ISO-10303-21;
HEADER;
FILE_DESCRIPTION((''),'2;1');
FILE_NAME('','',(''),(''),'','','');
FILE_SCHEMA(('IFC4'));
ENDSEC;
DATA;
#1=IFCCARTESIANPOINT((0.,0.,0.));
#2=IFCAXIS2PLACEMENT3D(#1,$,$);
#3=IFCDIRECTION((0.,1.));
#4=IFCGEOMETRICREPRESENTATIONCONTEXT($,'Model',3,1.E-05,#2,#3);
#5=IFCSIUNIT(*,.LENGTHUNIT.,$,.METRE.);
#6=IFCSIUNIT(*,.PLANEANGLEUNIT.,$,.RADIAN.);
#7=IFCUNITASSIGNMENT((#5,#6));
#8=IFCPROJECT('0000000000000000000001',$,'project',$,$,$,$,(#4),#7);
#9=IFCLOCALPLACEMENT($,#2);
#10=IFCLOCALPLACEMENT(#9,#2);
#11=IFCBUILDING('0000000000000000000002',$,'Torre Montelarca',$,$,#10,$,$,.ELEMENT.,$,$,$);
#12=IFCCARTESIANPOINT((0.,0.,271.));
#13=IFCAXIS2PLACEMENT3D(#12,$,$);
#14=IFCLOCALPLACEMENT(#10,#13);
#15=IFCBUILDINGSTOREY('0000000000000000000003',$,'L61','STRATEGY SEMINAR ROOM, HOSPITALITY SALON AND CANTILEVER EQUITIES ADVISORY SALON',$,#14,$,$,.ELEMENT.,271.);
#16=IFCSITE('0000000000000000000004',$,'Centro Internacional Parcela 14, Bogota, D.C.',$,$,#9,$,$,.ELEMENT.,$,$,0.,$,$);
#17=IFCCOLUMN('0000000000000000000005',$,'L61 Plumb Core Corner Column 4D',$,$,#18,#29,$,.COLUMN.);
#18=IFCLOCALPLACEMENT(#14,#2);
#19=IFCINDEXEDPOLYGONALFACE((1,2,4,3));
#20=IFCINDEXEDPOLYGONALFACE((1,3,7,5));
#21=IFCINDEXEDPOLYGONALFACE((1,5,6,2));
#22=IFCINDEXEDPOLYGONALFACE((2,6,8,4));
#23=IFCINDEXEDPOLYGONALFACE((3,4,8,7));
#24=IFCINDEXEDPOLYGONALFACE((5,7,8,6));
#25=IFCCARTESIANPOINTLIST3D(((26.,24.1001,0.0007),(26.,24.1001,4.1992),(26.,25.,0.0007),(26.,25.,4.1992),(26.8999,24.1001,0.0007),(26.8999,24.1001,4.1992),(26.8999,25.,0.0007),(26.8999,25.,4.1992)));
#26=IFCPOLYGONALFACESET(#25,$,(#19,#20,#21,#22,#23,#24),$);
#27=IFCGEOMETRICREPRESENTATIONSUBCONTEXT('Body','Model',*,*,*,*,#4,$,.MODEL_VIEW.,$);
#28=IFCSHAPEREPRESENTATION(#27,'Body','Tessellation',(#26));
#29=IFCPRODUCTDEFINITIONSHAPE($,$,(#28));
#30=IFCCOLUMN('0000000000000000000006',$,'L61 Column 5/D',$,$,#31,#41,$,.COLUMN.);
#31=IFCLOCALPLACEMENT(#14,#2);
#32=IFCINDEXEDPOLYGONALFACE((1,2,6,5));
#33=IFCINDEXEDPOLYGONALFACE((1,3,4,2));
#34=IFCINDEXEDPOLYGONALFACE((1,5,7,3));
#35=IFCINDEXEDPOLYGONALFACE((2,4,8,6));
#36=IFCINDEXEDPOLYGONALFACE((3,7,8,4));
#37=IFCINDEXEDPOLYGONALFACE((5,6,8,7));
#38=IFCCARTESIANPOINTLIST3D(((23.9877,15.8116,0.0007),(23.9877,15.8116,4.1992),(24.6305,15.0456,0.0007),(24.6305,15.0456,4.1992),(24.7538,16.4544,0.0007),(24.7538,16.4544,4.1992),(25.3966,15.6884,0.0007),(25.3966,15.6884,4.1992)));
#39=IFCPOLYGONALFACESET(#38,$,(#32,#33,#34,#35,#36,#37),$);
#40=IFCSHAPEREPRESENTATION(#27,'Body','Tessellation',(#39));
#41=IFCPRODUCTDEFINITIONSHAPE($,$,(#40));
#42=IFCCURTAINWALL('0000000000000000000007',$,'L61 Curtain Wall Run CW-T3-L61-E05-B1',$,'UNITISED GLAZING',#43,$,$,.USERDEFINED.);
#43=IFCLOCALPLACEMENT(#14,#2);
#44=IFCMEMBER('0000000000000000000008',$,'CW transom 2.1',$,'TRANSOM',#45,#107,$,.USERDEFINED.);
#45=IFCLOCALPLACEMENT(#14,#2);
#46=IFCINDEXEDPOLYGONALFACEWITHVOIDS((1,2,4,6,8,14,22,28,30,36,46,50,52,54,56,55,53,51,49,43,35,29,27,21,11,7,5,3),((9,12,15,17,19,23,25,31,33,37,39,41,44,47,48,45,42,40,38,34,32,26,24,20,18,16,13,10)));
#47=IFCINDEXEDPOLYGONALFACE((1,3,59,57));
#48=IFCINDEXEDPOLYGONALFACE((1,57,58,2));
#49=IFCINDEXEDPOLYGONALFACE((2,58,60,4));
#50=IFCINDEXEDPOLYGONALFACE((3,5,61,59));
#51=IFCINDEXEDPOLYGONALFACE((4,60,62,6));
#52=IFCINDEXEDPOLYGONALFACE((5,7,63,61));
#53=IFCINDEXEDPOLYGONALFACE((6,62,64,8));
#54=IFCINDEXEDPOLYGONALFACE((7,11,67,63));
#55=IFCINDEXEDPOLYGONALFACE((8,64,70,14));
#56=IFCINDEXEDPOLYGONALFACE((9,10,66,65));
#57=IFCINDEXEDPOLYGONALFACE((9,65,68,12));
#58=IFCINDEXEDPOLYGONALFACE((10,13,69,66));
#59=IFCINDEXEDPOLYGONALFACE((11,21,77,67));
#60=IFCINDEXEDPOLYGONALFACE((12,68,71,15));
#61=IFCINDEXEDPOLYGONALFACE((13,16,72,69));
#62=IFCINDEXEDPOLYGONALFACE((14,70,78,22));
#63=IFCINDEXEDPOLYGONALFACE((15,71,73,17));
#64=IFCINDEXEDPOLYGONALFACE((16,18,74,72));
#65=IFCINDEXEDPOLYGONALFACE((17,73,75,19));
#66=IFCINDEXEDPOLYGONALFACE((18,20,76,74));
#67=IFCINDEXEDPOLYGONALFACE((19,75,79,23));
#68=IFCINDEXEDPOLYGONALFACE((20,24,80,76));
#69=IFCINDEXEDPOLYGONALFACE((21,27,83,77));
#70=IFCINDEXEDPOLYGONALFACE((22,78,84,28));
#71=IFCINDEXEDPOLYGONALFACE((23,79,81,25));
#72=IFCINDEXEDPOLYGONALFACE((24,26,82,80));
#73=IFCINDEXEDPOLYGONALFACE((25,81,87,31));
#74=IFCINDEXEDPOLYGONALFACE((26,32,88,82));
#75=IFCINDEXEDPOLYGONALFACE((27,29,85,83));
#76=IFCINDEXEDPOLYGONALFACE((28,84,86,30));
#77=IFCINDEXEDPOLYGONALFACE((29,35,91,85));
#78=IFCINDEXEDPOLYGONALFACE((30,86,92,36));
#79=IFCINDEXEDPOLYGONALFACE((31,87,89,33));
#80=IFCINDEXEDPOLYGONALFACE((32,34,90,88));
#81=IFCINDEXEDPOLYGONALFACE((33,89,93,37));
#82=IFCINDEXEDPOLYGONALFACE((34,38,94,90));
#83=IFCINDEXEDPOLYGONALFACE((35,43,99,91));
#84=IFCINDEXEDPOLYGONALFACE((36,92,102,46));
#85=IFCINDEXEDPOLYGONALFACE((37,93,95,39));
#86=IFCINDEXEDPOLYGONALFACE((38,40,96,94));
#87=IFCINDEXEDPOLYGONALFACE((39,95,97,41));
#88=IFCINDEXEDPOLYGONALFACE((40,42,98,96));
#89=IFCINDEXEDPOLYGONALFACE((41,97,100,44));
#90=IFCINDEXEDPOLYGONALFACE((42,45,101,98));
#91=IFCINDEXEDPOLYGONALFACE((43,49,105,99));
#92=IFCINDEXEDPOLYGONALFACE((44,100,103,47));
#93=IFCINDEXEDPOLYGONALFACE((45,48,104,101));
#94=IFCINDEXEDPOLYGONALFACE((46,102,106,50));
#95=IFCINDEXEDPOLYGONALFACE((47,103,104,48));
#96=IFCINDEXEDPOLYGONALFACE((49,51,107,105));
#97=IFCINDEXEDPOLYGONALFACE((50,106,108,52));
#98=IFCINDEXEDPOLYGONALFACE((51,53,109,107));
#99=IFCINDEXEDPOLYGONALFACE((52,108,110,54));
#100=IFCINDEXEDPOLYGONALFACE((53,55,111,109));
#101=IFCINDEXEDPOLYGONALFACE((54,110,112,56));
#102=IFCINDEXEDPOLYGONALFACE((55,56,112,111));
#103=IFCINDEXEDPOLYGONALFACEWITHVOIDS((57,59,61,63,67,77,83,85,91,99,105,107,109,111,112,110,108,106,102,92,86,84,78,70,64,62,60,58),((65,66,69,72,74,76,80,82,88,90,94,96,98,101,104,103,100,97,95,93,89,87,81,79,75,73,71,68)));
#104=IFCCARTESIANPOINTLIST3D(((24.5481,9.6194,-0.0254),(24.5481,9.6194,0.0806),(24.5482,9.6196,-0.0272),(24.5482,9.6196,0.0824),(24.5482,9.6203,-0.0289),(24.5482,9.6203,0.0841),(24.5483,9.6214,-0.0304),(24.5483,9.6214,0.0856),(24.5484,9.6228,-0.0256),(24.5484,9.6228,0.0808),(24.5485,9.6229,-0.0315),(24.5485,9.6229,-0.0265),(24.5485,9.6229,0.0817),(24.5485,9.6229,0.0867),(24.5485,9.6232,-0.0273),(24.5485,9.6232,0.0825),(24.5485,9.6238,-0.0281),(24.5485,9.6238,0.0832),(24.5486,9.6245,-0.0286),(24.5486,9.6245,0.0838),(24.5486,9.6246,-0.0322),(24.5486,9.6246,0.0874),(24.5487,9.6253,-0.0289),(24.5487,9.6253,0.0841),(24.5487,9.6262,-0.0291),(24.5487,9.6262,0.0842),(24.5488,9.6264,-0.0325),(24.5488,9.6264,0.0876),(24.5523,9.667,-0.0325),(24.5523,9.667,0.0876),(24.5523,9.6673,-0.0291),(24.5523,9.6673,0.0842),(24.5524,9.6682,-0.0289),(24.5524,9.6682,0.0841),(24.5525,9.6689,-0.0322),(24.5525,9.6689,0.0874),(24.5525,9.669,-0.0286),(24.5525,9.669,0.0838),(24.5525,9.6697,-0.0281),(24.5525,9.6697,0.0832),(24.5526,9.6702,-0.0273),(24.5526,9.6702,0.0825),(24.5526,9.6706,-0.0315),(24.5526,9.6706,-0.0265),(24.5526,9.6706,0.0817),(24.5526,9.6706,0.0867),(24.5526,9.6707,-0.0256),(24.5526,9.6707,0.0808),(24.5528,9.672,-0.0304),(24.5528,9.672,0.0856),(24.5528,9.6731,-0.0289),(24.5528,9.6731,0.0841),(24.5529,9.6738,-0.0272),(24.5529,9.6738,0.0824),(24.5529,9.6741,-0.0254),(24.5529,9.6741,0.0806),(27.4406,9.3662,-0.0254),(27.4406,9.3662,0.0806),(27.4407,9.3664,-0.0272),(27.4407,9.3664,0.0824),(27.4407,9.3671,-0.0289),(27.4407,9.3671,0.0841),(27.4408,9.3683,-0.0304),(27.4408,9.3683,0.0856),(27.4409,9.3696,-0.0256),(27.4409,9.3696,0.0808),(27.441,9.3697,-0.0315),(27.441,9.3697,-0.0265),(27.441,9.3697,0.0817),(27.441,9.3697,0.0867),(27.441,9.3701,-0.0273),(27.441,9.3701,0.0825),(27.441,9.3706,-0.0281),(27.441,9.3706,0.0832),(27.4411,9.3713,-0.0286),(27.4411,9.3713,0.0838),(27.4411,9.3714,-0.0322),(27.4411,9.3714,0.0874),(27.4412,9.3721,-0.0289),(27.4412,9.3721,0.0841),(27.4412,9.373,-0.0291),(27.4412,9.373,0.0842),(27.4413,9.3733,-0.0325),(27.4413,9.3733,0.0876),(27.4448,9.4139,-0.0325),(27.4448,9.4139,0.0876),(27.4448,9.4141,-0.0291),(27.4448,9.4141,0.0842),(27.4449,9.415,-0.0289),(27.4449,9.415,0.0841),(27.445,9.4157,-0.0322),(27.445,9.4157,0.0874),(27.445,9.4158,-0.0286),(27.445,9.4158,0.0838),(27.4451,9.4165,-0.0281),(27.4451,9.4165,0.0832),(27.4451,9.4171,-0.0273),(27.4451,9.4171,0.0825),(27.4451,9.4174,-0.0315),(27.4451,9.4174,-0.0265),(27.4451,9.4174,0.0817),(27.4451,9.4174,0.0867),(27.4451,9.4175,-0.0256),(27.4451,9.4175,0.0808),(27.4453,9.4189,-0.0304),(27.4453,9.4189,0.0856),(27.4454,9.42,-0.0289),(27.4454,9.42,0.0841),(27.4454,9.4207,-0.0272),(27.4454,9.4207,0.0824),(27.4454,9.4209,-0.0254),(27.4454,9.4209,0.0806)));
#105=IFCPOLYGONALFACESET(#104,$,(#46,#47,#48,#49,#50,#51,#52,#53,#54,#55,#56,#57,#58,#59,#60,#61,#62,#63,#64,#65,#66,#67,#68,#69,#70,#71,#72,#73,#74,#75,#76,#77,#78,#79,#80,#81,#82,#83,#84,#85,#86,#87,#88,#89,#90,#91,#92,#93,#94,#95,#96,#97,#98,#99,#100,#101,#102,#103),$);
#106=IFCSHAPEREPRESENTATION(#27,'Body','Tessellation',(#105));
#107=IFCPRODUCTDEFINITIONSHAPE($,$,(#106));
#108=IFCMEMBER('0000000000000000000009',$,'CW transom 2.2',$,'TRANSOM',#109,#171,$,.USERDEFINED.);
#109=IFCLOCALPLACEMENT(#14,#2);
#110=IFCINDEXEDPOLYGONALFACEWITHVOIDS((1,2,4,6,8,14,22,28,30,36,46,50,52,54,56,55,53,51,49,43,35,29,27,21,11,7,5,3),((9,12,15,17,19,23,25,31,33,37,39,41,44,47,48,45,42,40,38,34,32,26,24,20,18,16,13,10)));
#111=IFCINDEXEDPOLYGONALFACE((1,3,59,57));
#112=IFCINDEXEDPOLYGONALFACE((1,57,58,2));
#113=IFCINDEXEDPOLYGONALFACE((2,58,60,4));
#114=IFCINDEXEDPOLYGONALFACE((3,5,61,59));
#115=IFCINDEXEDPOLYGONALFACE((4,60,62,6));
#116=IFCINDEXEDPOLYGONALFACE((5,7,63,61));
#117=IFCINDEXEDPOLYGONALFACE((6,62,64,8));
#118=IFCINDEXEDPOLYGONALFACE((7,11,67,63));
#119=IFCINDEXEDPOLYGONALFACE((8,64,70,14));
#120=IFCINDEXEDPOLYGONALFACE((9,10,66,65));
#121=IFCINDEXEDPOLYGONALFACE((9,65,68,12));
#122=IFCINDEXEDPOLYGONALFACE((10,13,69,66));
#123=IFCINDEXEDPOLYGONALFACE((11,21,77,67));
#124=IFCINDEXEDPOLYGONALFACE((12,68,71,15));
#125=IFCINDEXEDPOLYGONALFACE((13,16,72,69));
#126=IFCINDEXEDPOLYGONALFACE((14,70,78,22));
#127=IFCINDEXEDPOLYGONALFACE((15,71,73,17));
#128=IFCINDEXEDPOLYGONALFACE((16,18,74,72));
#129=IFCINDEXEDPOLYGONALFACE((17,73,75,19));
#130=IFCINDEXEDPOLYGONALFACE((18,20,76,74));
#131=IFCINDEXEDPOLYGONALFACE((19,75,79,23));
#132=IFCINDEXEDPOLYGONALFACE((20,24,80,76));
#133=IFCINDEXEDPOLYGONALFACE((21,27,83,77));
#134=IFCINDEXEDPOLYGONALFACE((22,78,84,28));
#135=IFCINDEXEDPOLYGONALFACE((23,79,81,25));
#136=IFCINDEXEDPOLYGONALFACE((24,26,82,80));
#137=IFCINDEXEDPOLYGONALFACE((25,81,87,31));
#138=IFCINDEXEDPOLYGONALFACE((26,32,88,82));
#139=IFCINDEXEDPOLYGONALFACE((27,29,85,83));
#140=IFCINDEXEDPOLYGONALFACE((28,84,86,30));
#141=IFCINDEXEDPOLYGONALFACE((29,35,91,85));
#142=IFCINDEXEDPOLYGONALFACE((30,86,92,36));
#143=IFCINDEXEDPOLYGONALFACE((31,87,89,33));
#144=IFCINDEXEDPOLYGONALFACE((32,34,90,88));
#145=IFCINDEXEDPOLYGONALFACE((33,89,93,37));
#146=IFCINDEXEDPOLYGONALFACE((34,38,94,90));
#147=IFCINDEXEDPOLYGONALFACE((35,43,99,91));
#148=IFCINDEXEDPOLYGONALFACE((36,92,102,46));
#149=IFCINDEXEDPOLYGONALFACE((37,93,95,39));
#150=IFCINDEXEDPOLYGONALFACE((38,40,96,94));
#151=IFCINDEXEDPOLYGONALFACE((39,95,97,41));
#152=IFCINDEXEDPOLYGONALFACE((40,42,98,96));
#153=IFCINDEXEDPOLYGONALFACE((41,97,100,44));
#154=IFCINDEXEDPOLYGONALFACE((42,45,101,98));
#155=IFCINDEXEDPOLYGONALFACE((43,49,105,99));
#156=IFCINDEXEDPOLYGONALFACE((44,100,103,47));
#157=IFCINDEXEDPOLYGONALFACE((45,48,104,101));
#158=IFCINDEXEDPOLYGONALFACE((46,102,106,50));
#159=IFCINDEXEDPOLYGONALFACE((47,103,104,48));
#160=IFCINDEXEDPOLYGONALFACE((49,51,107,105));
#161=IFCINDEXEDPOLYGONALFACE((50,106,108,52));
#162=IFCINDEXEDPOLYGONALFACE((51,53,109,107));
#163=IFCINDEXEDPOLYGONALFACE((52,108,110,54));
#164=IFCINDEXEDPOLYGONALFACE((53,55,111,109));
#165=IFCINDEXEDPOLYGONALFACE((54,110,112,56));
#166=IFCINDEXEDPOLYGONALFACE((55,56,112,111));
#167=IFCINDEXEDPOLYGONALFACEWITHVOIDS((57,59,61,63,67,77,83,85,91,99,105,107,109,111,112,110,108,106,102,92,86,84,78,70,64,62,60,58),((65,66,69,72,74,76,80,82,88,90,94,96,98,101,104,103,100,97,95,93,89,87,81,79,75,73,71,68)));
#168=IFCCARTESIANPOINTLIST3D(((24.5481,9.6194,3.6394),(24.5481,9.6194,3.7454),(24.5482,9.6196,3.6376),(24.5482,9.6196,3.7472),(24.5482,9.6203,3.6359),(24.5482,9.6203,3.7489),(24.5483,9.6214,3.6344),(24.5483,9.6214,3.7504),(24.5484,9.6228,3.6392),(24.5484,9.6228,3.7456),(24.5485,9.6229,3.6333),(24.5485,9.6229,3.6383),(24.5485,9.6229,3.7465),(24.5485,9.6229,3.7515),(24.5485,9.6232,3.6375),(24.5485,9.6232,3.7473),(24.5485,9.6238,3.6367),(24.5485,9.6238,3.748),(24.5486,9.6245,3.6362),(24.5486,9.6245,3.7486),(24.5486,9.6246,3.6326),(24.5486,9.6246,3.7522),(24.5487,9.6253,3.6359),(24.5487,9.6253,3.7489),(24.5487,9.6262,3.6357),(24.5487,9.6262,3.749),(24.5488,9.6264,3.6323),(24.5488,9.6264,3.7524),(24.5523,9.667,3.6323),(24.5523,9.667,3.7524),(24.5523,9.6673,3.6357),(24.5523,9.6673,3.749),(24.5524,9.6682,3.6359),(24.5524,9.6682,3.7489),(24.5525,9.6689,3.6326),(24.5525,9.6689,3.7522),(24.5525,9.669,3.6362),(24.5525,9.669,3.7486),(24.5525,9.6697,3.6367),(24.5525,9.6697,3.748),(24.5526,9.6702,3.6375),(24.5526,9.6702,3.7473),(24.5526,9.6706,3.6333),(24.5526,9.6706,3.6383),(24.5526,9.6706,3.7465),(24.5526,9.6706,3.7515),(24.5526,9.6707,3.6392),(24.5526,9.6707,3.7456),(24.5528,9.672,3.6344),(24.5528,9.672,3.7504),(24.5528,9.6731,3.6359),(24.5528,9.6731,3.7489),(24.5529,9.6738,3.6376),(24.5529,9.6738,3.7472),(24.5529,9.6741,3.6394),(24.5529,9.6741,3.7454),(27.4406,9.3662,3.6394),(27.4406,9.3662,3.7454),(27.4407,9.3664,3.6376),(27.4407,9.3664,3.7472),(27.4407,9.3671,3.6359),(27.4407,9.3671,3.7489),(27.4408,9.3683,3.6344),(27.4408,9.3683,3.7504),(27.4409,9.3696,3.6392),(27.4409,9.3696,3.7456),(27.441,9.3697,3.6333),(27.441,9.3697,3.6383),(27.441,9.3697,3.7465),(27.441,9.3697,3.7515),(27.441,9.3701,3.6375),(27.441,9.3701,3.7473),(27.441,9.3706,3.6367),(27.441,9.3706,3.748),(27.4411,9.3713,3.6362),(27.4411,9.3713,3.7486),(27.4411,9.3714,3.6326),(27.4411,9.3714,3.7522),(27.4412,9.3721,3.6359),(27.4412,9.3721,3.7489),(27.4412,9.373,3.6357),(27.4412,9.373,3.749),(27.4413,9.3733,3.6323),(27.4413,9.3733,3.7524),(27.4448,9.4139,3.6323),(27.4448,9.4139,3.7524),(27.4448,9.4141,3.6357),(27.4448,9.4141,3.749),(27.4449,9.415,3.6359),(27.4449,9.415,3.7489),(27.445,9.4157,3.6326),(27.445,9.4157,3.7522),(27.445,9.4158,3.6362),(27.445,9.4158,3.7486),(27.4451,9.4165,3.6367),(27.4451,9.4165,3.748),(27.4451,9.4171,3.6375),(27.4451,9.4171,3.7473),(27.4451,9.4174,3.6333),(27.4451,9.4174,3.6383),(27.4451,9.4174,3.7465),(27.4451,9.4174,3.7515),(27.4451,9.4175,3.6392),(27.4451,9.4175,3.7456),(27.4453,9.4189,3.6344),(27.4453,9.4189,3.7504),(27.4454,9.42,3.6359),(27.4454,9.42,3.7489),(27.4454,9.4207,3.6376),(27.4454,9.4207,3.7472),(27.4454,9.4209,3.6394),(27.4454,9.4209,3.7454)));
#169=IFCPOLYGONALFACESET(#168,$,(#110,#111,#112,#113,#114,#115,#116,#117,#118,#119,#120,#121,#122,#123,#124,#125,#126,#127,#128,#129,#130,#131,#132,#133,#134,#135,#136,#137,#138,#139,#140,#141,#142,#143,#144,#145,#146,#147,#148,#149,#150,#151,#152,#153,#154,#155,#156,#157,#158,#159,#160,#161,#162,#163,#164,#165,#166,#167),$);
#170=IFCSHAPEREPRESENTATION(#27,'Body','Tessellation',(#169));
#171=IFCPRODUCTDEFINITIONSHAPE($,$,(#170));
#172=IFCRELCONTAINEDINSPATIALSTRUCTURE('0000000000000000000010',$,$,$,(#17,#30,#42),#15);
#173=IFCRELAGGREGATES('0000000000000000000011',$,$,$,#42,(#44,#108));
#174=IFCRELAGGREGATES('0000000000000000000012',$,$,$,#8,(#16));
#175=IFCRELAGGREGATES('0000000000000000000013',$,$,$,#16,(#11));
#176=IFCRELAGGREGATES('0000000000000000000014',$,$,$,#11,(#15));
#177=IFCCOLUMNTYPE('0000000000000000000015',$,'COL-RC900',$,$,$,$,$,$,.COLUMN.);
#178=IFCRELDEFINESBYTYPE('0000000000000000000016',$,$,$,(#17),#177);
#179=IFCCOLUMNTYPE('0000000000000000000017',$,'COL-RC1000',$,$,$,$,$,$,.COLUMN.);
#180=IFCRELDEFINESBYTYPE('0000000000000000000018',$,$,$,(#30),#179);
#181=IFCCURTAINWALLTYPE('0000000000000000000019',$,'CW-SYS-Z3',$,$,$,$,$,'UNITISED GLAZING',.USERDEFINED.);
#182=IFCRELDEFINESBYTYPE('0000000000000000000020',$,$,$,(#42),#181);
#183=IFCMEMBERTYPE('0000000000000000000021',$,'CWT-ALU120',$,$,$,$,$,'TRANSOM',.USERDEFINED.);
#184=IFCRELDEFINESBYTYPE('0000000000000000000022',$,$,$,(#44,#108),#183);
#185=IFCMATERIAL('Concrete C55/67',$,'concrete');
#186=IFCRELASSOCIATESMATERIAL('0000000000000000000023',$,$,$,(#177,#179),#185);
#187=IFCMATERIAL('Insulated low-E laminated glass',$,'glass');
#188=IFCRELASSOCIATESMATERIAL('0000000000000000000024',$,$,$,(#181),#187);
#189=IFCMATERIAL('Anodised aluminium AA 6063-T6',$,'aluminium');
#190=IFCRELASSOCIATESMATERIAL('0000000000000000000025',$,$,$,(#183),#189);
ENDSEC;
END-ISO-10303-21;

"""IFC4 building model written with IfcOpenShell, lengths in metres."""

from ifc_helpers import new_model, si_unit, direction, frame, origin, origin_2d, place, context, subcontext, project, spatial, rectangle, hollow_rectangle, extrude, source, transform, mapped, material, material_profile, profile_set, type_object, element, aggregate, save


model = new_model("IFC4")

# Units and contexts
model_context = context("Model", 3, precision=1e-05, world=origin(), true_north=direction((0.0, 1.0)))
body_context = subcontext(model_context, "Body", "Model", "MODEL_VIEW")
ifc_project = project(units=[si_unit("LENGTHUNIT", "METRE"), si_unit("PLANEANGLEUNIT", "RADIAN")], contexts=[model_context])

# Site, building, storey
site_placement = place(None, origin())
site = spatial("IfcSite", under=ifc_project, at=site_placement, Name="Centro Internacional Parcela 14, Bogota, D.C.", CompositionType="ELEMENT", RefElevation=0.0)
building_placement = place(site_placement, origin())
building = spatial("IfcBuilding", under=site, at=building_placement, Name="Torre Montelarca", CompositionType="ELEMENT")
storey_placement = place(building_placement, frame((0.0, 0.0, 271.0)))
storey = spatial("IfcBuildingStorey", under=building, at=storey_placement, Name="L61", Description="STRATEGY SEMINAR ROOM, HOSPITALITY SALON AND CANTILEVER EQUITIES ADVISORY SALON", CompositionType="ELEMENT", Elevation=271.0)

# Columns
ifc_material_1 = material(Name="Concrete C55/67", Category="concrete")
ifc_material_profile_1 = material_profile(ifc_material_1, rectangle(XDim=0.8999, YDim=0.8999, at=origin_2d()), Name="RC900X900", Category="concrete")
ifc_profile_set_1 = profile_set([ifc_material_profile_1], Name="Concrete C55/67")
column_type_1 = type_object("IfcColumnType", Name="COL-RC900", PredefinedType="COLUMN", material=ifc_profile_set_1)
shared_shape_1 = source(origin(), body_context, "Body", "SweptSolid", [
    extrude(rectangle(XDim=0.8999, YDim=0.8999, at=origin_2d()), origin(), (0.0, 0.0, 1.0), 4.1985),
])
column_1_placement = place(storey_placement, frame((26.45, 24.55, 0.0007), z_axis=(0.0, 0.0, 1.0), x_axis=(1.0, 0.0, 0.0)))
element("IfcColumn", 1, at=column_1_placement, inside=storey, type_object=column_type_1, Name="L61 Plumb Core Corner Column 4D", PredefinedType="COLUMN", context=body_context, shape_type="MappedRepresentation", body=[
    mapped(shared_shape_1, transform((0.0, 0.0, 0.0), scale=1.0)),
])
ifc_material_profile_2 = material_profile(ifc_material_1, rectangle(XDim=1.0, YDim=1.0, at=origin_2d()), Name="RC1000X1000", Category="concrete")
ifc_profile_set_2 = profile_set([ifc_material_profile_2], Name="Concrete C55/67")
column_type_2 = type_object("IfcColumnType", Name="COL-RC1000", PredefinedType="COLUMN", material=ifc_profile_set_2)
shared_shape_2 = source(origin(), body_context, "Body", "SweptSolid", [
    extrude(rectangle(XDim=1.0, YDim=1.0, at=origin_2d()), origin(), (0.0, 0.0, 1.0), 4.1985),
])
column_2_placement = place(storey_placement, frame((24.6921, 15.75, 0.0007), z_axis=(0.0, 0.0, 1.0), x_axis=(-0.642788, 0.766044, 0.0)))
element("IfcColumn", 2, at=column_2_placement, inside=storey, type_object=column_type_2, Name="L61 Column 5/D", PredefinedType="COLUMN", context=body_context, shape_type="MappedRepresentation", body=[
    mapped(shared_shape_2, transform((0.0, 0.0, 0.0), scale=1.0)),
])

# Curtain wall, members
ifc_material_2 = material(Name="Insulated low-E laminated glass", Category="glass")
curtain_wall_type = type_object("IfcCurtainWallType", Name="CW-SYS-Z3", ElementType="UNITISED GLAZING", PredefinedType="USERDEFINED", material=ifc_material_2)
curtain_wall_placement = place(storey_placement, origin())
curtain_wall = element("IfcCurtainWall", 3, at=curtain_wall_placement, inside=storey, type_object=curtain_wall_type, Name="L61 Curtain Wall Run CW-T3-L61-E05-B1", ObjectType="UNITISED GLAZING", PredefinedType="USERDEFINED")
ifc_material_3 = material(Name="Anodised aluminium AA 6063-T6", Category="aluminium")
ifc_material_profile_3 = material_profile(ifc_material_3, hollow_rectangle(XDim=0.0549, YDim=0.1201, WallThickness=0.0034, InnerFilletRadius=0.0034, OuterFilletRadius=0.0071, at=origin_2d()), Name="ALU55X120X3.5", Category="aluminium")
ifc_profile_set_3 = profile_set([ifc_material_profile_3], Name="Anodised aluminium AA 6063-T6")
member_type_1 = type_object("IfcMemberType", Name="CWT-ALU120", ElementType="TRANSOM", PredefinedType="USERDEFINED", material=ifc_profile_set_3)
shared_shape_3 = source(origin(), body_context, "Body", "SweptSolid", [
    extrude(hollow_rectangle(XDim=0.0549, YDim=0.1201, WallThickness=0.0034, InnerFilletRadius=0.0034, OuterFilletRadius=0.0071, at=origin_2d()), origin(), (0.0, 0.0, 1.0), 2.9036),
])
member_1_placement = place(storey_placement, frame((24.5505, 9.6467, 0.0276), z_axis=(0.996192, -0.087192, 0.0), x_axis=(0.087192, 0.996192, 0.0)))
member_1 = element("IfcMember", 4, at=member_1_placement, type_object=member_type_1, Name="CW transom 2.1", ObjectType="TRANSOM", PredefinedType="USERDEFINED", context=body_context, shape_type="MappedRepresentation", body=[
    mapped(shared_shape_3, transform((0.0, 0.0, 0.0), scale=1.0)),
])
member_2_placement = place(storey_placement, frame((24.5505, 9.6467, 3.6924), z_axis=(0.996192, -0.087192, 0.0), x_axis=(0.087192, 0.996192, 0.0)))
member_2 = element("IfcMember", 5, at=member_2_placement, type_object=member_type_1, Name="CW transom 2.2", ObjectType="TRANSOM", PredefinedType="USERDEFINED", context=body_context, shape_type="MappedRepresentation", body=[
    mapped(shared_shape_3, transform((0.0, 0.0, 0.0), scale=1.0)),
])
aggregate(curtain_wall, [member_1, member_2])

save(model, "model.ifc")
